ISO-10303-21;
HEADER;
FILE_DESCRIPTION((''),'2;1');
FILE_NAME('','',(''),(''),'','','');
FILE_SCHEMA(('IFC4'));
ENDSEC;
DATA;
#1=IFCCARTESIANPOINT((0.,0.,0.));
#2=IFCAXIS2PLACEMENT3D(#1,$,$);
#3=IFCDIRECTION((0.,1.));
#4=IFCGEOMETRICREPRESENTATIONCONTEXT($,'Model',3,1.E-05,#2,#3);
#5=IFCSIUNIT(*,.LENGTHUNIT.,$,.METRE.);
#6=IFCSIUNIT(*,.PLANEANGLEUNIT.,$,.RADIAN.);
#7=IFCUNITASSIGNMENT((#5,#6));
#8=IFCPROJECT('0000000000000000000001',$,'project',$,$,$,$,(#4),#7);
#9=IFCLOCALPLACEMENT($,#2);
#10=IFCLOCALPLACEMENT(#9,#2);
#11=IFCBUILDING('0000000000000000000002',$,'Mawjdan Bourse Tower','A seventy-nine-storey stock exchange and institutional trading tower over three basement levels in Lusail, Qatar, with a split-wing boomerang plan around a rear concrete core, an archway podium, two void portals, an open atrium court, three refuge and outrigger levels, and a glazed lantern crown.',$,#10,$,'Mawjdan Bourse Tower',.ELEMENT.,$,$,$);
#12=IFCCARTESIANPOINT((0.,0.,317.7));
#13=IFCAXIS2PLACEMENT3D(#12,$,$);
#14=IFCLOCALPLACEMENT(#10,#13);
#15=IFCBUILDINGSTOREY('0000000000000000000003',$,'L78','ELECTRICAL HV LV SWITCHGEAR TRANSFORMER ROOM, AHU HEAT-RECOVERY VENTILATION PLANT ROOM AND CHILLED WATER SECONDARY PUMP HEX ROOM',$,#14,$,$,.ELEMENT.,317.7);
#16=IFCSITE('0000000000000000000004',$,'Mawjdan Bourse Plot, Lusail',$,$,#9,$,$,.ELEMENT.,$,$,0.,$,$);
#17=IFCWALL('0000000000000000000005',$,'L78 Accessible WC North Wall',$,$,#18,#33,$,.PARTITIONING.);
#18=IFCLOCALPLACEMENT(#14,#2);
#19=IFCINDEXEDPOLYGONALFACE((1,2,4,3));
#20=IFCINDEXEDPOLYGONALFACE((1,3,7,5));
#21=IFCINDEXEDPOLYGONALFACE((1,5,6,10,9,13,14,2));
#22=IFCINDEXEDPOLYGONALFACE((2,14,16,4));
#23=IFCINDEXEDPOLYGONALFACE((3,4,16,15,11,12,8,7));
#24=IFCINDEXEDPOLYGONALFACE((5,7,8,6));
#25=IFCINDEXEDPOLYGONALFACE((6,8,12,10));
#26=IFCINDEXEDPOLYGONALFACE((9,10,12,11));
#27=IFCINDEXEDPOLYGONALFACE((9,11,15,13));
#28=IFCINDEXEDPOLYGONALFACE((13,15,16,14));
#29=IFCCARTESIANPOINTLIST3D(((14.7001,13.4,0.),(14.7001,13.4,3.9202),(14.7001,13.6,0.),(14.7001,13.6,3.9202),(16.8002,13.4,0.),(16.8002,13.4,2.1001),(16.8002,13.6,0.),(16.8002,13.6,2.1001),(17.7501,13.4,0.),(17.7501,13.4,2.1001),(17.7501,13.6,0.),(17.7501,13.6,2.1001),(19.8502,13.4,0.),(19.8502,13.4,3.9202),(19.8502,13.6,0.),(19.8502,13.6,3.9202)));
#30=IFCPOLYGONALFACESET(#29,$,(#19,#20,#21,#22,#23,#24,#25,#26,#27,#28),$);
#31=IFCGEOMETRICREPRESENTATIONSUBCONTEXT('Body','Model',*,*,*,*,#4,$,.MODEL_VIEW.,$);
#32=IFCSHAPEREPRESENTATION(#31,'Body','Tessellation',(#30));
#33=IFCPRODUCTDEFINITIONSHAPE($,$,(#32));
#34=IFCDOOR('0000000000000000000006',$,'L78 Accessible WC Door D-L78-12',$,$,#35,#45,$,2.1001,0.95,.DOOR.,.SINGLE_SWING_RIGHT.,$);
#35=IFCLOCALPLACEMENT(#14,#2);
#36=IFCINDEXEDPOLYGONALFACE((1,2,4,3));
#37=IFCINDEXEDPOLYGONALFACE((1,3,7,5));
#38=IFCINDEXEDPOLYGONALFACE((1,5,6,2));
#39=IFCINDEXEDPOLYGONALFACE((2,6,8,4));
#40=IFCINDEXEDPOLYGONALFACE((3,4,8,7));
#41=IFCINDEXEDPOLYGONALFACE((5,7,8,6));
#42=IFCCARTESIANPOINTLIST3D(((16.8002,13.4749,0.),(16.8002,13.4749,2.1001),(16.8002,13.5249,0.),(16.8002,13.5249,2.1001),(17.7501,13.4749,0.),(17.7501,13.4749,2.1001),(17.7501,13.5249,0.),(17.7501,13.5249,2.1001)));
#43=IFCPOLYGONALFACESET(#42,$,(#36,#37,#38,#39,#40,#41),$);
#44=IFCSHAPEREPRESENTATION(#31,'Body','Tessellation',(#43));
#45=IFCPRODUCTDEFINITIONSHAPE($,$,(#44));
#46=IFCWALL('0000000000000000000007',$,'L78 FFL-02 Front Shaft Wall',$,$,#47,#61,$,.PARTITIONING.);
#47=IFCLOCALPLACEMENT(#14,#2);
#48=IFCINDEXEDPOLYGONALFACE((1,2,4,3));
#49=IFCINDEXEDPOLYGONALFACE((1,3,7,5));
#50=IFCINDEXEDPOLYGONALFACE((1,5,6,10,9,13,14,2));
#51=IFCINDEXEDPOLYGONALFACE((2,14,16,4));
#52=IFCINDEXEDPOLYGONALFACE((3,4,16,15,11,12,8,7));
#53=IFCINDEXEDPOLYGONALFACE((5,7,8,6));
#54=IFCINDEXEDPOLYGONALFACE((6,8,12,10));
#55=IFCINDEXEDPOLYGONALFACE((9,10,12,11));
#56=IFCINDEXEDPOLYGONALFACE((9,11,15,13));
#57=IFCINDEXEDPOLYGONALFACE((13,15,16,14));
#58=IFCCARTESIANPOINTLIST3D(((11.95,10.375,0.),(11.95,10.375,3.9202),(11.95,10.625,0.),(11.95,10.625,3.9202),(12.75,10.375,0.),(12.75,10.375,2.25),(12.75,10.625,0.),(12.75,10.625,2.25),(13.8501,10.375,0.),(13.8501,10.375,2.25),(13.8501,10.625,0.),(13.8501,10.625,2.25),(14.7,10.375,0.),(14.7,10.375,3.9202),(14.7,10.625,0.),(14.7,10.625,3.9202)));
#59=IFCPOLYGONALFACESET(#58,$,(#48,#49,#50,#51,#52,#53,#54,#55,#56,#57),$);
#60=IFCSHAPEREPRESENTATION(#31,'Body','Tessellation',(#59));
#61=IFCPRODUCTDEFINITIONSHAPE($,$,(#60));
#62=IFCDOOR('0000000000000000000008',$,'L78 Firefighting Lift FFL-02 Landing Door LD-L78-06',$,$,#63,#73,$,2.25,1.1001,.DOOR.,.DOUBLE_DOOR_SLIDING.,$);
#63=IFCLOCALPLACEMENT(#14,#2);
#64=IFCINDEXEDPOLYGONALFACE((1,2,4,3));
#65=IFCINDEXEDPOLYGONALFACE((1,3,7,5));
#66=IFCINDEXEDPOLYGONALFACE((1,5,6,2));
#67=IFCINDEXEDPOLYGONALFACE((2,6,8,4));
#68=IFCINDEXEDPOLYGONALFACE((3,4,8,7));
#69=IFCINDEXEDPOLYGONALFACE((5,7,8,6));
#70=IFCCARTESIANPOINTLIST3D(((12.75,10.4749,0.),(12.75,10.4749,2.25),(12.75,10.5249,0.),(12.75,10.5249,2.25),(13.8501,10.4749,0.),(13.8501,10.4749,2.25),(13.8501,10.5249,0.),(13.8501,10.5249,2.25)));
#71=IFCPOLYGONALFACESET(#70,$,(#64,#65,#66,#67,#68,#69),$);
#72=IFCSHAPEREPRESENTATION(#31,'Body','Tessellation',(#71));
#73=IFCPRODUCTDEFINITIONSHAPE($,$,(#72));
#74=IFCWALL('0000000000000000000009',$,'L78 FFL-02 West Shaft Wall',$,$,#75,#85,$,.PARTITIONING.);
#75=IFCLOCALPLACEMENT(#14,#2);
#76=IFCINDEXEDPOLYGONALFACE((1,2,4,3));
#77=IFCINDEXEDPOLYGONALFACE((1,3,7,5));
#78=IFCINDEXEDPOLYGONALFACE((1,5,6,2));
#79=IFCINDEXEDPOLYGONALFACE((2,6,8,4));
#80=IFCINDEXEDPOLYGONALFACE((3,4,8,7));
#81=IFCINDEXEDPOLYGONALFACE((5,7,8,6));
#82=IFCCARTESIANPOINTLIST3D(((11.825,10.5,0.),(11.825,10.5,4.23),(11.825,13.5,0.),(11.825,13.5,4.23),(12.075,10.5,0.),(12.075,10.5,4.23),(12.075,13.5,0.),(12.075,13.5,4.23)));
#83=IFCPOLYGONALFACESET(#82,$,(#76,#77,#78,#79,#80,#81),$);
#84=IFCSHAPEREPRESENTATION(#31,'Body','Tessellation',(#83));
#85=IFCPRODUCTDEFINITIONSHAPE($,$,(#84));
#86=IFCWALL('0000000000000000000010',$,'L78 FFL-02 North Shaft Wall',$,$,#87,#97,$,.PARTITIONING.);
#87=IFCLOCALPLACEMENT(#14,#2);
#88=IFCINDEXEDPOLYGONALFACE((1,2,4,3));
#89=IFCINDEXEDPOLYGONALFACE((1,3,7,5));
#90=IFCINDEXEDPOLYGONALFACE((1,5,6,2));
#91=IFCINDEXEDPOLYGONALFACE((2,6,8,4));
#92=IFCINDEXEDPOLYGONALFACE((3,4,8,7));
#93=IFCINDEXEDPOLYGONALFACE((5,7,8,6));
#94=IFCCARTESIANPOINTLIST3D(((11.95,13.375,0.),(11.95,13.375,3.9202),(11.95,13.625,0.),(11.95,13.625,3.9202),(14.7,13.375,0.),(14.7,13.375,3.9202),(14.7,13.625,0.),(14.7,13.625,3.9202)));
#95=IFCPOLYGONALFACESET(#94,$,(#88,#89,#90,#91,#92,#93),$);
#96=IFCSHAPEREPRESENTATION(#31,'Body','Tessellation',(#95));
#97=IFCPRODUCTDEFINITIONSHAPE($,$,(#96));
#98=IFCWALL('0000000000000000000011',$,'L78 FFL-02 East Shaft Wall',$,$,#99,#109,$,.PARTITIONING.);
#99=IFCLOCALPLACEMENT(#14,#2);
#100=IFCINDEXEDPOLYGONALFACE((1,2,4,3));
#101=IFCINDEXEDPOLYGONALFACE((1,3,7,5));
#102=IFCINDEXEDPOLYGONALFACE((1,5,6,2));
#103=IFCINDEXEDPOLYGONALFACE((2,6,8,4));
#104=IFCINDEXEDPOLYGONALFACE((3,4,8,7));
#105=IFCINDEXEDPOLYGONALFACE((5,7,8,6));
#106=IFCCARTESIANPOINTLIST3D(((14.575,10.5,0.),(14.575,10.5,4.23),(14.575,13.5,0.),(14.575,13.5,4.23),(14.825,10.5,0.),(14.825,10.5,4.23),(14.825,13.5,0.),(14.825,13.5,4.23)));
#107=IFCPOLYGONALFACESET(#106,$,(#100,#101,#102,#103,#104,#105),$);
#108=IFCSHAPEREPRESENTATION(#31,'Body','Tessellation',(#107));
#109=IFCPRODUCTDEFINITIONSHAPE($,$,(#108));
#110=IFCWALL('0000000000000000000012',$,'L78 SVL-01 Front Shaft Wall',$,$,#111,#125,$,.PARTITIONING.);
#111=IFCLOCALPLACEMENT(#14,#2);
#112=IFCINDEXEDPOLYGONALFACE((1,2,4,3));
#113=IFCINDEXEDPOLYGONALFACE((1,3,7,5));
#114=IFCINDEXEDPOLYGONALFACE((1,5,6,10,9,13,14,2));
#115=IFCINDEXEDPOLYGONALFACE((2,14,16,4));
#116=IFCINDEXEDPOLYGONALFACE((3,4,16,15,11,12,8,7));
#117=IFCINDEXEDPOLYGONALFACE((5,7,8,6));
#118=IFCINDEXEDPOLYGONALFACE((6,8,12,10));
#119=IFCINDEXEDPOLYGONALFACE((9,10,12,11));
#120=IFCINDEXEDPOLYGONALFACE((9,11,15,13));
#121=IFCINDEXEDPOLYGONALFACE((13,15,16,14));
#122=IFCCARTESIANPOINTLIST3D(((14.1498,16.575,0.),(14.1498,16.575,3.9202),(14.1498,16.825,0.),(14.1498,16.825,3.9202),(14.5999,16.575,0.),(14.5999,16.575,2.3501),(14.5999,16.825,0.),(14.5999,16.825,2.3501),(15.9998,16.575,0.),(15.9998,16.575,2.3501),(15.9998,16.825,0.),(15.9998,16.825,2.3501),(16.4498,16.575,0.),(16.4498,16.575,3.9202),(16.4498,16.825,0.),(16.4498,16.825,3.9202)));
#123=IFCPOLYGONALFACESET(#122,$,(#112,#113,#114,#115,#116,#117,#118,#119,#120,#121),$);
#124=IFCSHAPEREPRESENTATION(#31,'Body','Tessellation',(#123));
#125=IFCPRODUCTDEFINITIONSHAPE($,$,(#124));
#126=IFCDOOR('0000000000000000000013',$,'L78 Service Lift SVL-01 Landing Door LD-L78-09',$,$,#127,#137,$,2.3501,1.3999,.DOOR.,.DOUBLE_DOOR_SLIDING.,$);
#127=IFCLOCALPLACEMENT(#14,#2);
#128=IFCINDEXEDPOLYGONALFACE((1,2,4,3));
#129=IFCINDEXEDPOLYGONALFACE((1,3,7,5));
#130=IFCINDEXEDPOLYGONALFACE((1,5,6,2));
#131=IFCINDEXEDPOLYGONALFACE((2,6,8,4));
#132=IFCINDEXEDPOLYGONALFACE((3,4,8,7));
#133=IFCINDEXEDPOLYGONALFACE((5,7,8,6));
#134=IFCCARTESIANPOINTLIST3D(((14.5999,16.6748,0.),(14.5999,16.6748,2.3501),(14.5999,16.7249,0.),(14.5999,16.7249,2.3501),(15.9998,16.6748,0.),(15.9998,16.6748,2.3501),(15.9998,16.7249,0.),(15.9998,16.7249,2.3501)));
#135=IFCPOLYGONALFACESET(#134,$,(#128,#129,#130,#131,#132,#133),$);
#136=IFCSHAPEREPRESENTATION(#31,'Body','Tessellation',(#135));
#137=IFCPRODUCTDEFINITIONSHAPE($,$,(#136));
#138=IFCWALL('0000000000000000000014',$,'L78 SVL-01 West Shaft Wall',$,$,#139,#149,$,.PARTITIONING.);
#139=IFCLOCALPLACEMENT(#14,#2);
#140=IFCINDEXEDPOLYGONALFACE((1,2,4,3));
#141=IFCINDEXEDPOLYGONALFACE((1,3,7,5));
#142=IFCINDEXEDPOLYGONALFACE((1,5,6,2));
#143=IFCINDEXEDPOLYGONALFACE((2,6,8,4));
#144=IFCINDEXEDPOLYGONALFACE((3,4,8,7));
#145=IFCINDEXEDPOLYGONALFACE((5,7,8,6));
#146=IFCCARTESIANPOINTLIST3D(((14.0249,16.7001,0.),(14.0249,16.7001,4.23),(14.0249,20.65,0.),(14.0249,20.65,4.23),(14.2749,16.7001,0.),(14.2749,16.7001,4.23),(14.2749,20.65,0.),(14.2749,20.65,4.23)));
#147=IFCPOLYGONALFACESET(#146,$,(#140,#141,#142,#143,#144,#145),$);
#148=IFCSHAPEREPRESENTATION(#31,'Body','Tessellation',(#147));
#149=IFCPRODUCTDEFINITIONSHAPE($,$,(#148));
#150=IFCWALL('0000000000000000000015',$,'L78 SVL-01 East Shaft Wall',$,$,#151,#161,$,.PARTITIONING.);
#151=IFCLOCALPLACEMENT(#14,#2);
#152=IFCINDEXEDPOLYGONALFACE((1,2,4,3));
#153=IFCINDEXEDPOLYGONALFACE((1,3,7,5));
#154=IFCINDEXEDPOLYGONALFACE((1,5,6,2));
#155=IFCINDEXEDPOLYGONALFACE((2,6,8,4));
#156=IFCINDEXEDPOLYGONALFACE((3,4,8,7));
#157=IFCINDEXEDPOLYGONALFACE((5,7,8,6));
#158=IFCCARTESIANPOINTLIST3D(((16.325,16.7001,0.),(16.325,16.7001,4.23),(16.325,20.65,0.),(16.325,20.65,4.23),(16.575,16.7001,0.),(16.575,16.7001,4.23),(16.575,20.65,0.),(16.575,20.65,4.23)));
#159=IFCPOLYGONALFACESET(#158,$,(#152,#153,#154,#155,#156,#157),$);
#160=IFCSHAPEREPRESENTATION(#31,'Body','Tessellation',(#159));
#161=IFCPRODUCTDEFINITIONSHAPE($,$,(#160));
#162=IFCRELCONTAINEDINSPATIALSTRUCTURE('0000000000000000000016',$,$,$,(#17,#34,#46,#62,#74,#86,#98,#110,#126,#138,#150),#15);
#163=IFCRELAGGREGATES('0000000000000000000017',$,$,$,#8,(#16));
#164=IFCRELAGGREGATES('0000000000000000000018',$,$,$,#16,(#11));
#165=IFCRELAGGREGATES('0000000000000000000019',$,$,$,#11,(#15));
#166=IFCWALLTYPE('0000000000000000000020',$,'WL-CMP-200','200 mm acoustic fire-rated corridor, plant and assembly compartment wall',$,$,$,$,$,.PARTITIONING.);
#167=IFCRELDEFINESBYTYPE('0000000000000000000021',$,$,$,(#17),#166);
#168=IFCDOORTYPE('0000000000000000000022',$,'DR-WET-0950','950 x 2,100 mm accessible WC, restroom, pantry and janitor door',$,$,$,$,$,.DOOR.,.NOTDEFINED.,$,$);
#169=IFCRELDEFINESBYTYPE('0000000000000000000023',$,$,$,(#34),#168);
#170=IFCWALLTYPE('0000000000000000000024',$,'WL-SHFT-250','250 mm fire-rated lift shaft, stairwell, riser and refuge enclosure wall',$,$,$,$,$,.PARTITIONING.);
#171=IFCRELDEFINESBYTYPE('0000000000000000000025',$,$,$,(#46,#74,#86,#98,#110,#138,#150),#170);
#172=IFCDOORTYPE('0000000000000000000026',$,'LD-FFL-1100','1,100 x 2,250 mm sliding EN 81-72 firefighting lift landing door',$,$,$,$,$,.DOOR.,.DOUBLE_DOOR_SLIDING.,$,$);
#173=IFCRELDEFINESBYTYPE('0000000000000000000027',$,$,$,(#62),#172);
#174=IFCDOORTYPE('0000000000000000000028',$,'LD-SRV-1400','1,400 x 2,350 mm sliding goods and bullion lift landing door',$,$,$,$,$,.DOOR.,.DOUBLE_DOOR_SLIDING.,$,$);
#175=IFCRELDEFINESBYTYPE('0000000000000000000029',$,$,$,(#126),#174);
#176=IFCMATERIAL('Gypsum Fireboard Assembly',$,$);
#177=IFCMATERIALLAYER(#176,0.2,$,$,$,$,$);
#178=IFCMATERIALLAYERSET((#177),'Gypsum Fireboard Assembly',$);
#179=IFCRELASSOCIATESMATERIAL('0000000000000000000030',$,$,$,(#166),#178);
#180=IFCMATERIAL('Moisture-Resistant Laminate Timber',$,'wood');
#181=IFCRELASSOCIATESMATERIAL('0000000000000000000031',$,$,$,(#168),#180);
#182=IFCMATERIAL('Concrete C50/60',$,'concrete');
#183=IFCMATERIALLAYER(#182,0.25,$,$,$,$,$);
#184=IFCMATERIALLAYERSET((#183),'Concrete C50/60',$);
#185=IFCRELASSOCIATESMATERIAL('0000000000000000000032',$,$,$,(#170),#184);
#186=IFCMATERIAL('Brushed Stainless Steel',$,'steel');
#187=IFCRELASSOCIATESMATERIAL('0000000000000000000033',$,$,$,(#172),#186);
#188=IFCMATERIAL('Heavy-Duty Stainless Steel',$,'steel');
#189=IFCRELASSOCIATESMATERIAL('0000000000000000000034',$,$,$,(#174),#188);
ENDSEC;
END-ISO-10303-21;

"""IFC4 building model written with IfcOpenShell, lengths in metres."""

from ifc_helpers import new_model, si_unit, direction, frame, frame_2d, origin, place, context, subcontext, project, spatial, rectangle, extrude, material, layer, layer_set, type_object, element, fill, save


model = new_model("IFC4")

# Units and contexts
model_context = context("Model", 3, precision=1e-05, world=origin(), true_north=direction((0.0, 1.0)))
body_context = subcontext(model_context, "Body", "Model", "MODEL_VIEW")
ifc_project = project(units=[si_unit("LENGTHUNIT", "METRE"), si_unit("PLANEANGLEUNIT", "RADIAN")], contexts=[model_context])

# Site, building, storey
site_placement = place(None, origin())
site = spatial("IfcSite", under=ifc_project, at=site_placement, Name="Mawjdan Bourse Plot, Lusail", CompositionType="ELEMENT", RefElevation=0.0)
building_placement = place(site_placement, origin())
building = spatial("IfcBuilding", under=site, at=building_placement, Name="Mawjdan Bourse Tower", Description="A seventy-nine-storey stock exchange and institutional trading tower over three basement levels in Lusail, Qatar, with a split-wing boomerang plan around a rear concrete core, an archway podium, two void portals, an open atrium court, three refuge and outrigger levels, and a glazed lantern crown.", LongName="Mawjdan Bourse Tower", CompositionType="ELEMENT")
storey_placement = place(building_placement, frame((0.0, 0.0, 317.7)))
storey = spatial("IfcBuildingStorey", under=building, at=storey_placement, Name="L78", Description="ELECTRICAL HV LV SWITCHGEAR TRANSFORMER ROOM, AHU HEAT-RECOVERY VENTILATION PLANT ROOM AND CHILLED WATER SECONDARY PUMP HEX ROOM", CompositionType="ELEMENT", Elevation=317.7)

# Walls, openings, doors
ifc_material_1 = material(Name="Gypsum Fireboard Assembly")
ifc_layer_1 = layer(ifc_material_1, 0.2)
ifc_layer_set_1 = layer_set([ifc_layer_1], Name="Gypsum Fireboard Assembly")
wall_type_1 = type_object("IfcWallType", Name="WL-CMP-200", Description="200 mm acoustic fire-rated corridor, plant and assembly compartment wall", PredefinedType="PARTITIONING", material=ifc_layer_set_1)
wall_1_placement = place(storey_placement, frame((14.7, 13.5, 0.0), z_axis=(0.0, 0.0, 1.0), x_axis=(1.0, 0.0, 0.0)))
wall_1 = element("IfcWall", 1, at=wall_1_placement, inside=storey, type_object=wall_type_1, Name="L78 Accessible WC North Wall", PredefinedType="PARTITIONING", context=body_context, shape_type="SweptSolid", body=[
    extrude(rectangle(XDim=5.1501, YDim=0.2, at=frame_2d((2.5752, 0.0))), origin(), (0.0, 0.0, 1.0), 3.9202),
])
opening_1_placement = place(wall_1_placement, frame((2.1001, 0.0, 0.0)))
opening_1 = element("IfcOpeningElement", 2, at=opening_1_placement, cuts=wall_1, PredefinedType="OPENING", context=body_context, shape_type="SweptSolid", body=[
    extrude(rectangle(XDim=0.95, YDim=2.1001, at=frame_2d((0.4751, 1.05))), frame((0.0, 0.1099, 0.0), z_axis=(0.0, -1.0, 0.0), x_axis=(1.0, 0.0, 0.0)), (0.0, 0.0, 1.0), 0.22),
])
ifc_material_2 = material(Name="Moisture-Resistant Laminate Timber", Category="wood")
door_type_1 = type_object("IfcDoorType", Name="DR-WET-0950", Description="950 x 2,100 mm accessible WC, restroom, pantry and janitor door", OperationType="NOTDEFINED", PredefinedType="DOOR", material=ifc_material_2)
door_1_placement = place(opening_1_placement, origin())
door_1 = element("IfcDoor", 3, at=door_1_placement, inside=storey, type_object=door_type_1, Name="L78 Accessible WC Door D-L78-12", OperationType="SINGLE_SWING_RIGHT", OverallHeight=2.1001, OverallWidth=0.95, PredefinedType="DOOR", context=body_context, shape_type="SweptSolid", body=[
    extrude(rectangle(XDim=0.95, YDim=2.1001, at=frame_2d((0.4751, 1.05))), frame((0.0, 0.0249, 0.0), z_axis=(0.0, -1.0, 0.0), x_axis=(1.0, 0.0, 0.0)), (0.0, 0.0, 1.0), 0.05),
])
fill(opening_1, door_1)
ifc_material_3 = material(Name="Concrete C50/60", Category="concrete")
ifc_layer_2 = layer(ifc_material_3, 0.25)
ifc_layer_set_2 = layer_set([ifc_layer_2], Name="Concrete C50/60")
wall_type_2 = type_object("IfcWallType", Name="WL-SHFT-250", Description="250 mm fire-rated lift shaft, stairwell, riser and refuge enclosure wall", PredefinedType="PARTITIONING", material=ifc_layer_set_2)
wall_2_placement = place(storey_placement, frame((11.95, 10.5, 0.0), z_axis=(0.0, 0.0, 1.0), x_axis=(1.0, 0.0, 0.0)))
wall_2 = element("IfcWall", 4, at=wall_2_placement, inside=storey, type_object=wall_type_2, Name="L78 FFL-02 Front Shaft Wall", PredefinedType="PARTITIONING", context=body_context, shape_type="SweptSolid", body=[
    extrude(rectangle(XDim=2.75, YDim=0.25, at=frame_2d((1.375, 0.0))), origin(), (0.0, 0.0, 1.0), 3.9202),
])
opening_2_placement = place(wall_2_placement, frame((0.8, 0.0, 0.0)))
opening_2 = element("IfcOpeningElement", 5, at=opening_2_placement, cuts=wall_2, PredefinedType="OPENING", context=body_context, shape_type="SweptSolid", body=[
    extrude(rectangle(XDim=1.1001, YDim=2.25, at=frame_2d((0.55, 1.125))), frame((0.0, 0.135, 0.0), z_axis=(0.0, -1.0, 0.0), x_axis=(1.0, 0.0, 0.0)), (0.0, 0.0, 1.0), 0.27),
])
ifc_material_4 = material(Name="Brushed Stainless Steel", Category="steel")
door_type_2 = type_object("IfcDoorType", Name="LD-FFL-1100", Description="1,100 x 2,250 mm sliding EN 81-72 firefighting lift landing door", OperationType="DOUBLE_DOOR_SLIDING", PredefinedType="DOOR", material=ifc_material_4)
door_2_placement = place(opening_2_placement, origin())
door_2 = element("IfcDoor", 6, at=door_2_placement, inside=storey, type_object=door_type_2, Name="L78 Firefighting Lift FFL-02 Landing Door LD-L78-06", OperationType="DOUBLE_DOOR_SLIDING", OverallHeight=2.25, OverallWidth=1.1001, PredefinedType="DOOR", context=body_context, shape_type="SweptSolid", body=[
    extrude(rectangle(XDim=1.1001, YDim=2.25, at=frame_2d((0.55, 1.125))), frame((0.0, 0.0249, 0.0), z_axis=(0.0, -1.0, 0.0), x_axis=(1.0, 0.0, 0.0)), (0.0, 0.0, 1.0), 0.05),
])
fill(opening_2, door_2)

# Walls
wall_3_placement = place(storey_placement, frame((11.95, 10.5, 0.0), z_axis=(0.0, 0.0, 1.0), x_axis=(0.0, 1.0, 0.0)))
element("IfcWall", 7, at=wall_3_placement, inside=storey, type_object=wall_type_2, Name="L78 FFL-02 West Shaft Wall", PredefinedType="PARTITIONING", context=body_context, shape_type="SweptSolid", body=[
    extrude(rectangle(XDim=3.0, YDim=0.25, at=frame_2d((1.5, 0.0))), origin(), (0.0, 0.0, 1.0), 4.23),
])
wall_4_placement = place(storey_placement, frame((11.95, 13.5, 0.0), z_axis=(0.0, 0.0, 1.0), x_axis=(1.0, 0.0, 0.0)))
element("IfcWall", 8, at=wall_4_placement, inside=storey, type_object=wall_type_2, Name="L78 FFL-02 North Shaft Wall", PredefinedType="PARTITIONING", context=body_context, shape_type="SweptSolid", body=[
    extrude(rectangle(XDim=2.75, YDim=0.25, at=frame_2d((1.375, 0.0))), origin(), (0.0, 0.0, 1.0), 3.9202),
])
wall_5_placement = place(storey_placement, frame((14.7, 10.5, 0.0), z_axis=(0.0, 0.0, 1.0), x_axis=(0.0, 1.0, 0.0)))
element("IfcWall", 9, at=wall_5_placement, inside=storey, type_object=wall_type_2, Name="L78 FFL-02 East Shaft Wall", PredefinedType="PARTITIONING", context=body_context, shape_type="SweptSolid", body=[
    extrude(rectangle(XDim=3.0, YDim=0.25, at=frame_2d((1.5, 0.0))), origin(), (0.0, 0.0, 1.0), 4.23),
])

# Wall, opening, door
wall_6_placement = place(storey_placement, frame((14.1499, 16.7, 0.0), z_axis=(0.0, 0.0, 1.0), x_axis=(1.0, 0.0, 0.0)))
wall_6 = element("IfcWall", 10, at=wall_6_placement, inside=storey, type_object=wall_type_2, Name="L78 SVL-01 Front Shaft Wall", PredefinedType="PARTITIONING", context=body_context, shape_type="SweptSolid", body=[
    extrude(rectangle(XDim=2.3, YDim=0.25, at=frame_2d((1.1499, 0.0))), origin(), (0.0, 0.0, 1.0), 3.9202),
])
opening_3_placement = place(wall_6_placement, frame((0.45, 0.0, 0.0)))
opening_3 = element("IfcOpeningElement", 11, at=opening_3_placement, cuts=wall_6, PredefinedType="OPENING", context=body_context, shape_type="SweptSolid", body=[
    extrude(rectangle(XDim=1.3999, YDim=2.3501, at=frame_2d((0.7, 1.175))), frame((0.0, 0.135, 0.0), z_axis=(0.0, -1.0, 0.0), x_axis=(1.0, 0.0, 0.0)), (0.0, 0.0, 1.0), 0.27),
])
ifc_material_5 = material(Name="Heavy-Duty Stainless Steel", Category="steel")
door_type_3 = type_object("IfcDoorType", Name="LD-SRV-1400", Description="1,400 x 2,350 mm sliding goods and bullion lift landing door", OperationType="DOUBLE_DOOR_SLIDING", PredefinedType="DOOR", material=ifc_material_5)
door_3_placement = place(opening_3_placement, origin())
door_3 = element("IfcDoor", 12, at=door_3_placement, inside=storey, type_object=door_type_3, Name="L78 Service Lift SVL-01 Landing Door LD-L78-09", OperationType="DOUBLE_DOOR_SLIDING", OverallHeight=2.3501, OverallWidth=1.3999, PredefinedType="DOOR", context=body_context, shape_type="SweptSolid", body=[
    extrude(rectangle(XDim=1.3999, YDim=2.3501, at=frame_2d((0.7, 1.175))), frame((0.0, 0.0249, 0.0), z_axis=(0.0, -1.0, 0.0), x_axis=(1.0, 0.0, 0.0)), (0.0, 0.0, 1.0), 0.05),
])
fill(opening_3, door_3)

# Walls
for number, where, z_axis, x_axis, name in (
    (13, (14.1499, 16.7, 0.0), (0.0, 0.0, 1.0), (0.0, 1.0, 0.0), "L78 SVL-01 West Shaft Wall"),
    (14, (16.45, 16.7, 0.0), (0.0, 0.0, 1.0), (0.0, 1.0, 0.0), "L78 SVL-01 East Shaft Wall"),
):
    element("IfcWall", number, at=place(storey_placement, frame(where, z_axis=z_axis, x_axis=x_axis)), inside=storey, type_object=wall_type_2, Name=name, PredefinedType="PARTITIONING", context=body_context, shape_type="SweptSolid", body=[
        extrude(rectangle(XDim=3.95, YDim=0.25, at=frame_2d((1.9751, 0.0))), origin(), (0.0, 0.0, 1.0), 4.23),
    ])

save(model, "model.ifc")
